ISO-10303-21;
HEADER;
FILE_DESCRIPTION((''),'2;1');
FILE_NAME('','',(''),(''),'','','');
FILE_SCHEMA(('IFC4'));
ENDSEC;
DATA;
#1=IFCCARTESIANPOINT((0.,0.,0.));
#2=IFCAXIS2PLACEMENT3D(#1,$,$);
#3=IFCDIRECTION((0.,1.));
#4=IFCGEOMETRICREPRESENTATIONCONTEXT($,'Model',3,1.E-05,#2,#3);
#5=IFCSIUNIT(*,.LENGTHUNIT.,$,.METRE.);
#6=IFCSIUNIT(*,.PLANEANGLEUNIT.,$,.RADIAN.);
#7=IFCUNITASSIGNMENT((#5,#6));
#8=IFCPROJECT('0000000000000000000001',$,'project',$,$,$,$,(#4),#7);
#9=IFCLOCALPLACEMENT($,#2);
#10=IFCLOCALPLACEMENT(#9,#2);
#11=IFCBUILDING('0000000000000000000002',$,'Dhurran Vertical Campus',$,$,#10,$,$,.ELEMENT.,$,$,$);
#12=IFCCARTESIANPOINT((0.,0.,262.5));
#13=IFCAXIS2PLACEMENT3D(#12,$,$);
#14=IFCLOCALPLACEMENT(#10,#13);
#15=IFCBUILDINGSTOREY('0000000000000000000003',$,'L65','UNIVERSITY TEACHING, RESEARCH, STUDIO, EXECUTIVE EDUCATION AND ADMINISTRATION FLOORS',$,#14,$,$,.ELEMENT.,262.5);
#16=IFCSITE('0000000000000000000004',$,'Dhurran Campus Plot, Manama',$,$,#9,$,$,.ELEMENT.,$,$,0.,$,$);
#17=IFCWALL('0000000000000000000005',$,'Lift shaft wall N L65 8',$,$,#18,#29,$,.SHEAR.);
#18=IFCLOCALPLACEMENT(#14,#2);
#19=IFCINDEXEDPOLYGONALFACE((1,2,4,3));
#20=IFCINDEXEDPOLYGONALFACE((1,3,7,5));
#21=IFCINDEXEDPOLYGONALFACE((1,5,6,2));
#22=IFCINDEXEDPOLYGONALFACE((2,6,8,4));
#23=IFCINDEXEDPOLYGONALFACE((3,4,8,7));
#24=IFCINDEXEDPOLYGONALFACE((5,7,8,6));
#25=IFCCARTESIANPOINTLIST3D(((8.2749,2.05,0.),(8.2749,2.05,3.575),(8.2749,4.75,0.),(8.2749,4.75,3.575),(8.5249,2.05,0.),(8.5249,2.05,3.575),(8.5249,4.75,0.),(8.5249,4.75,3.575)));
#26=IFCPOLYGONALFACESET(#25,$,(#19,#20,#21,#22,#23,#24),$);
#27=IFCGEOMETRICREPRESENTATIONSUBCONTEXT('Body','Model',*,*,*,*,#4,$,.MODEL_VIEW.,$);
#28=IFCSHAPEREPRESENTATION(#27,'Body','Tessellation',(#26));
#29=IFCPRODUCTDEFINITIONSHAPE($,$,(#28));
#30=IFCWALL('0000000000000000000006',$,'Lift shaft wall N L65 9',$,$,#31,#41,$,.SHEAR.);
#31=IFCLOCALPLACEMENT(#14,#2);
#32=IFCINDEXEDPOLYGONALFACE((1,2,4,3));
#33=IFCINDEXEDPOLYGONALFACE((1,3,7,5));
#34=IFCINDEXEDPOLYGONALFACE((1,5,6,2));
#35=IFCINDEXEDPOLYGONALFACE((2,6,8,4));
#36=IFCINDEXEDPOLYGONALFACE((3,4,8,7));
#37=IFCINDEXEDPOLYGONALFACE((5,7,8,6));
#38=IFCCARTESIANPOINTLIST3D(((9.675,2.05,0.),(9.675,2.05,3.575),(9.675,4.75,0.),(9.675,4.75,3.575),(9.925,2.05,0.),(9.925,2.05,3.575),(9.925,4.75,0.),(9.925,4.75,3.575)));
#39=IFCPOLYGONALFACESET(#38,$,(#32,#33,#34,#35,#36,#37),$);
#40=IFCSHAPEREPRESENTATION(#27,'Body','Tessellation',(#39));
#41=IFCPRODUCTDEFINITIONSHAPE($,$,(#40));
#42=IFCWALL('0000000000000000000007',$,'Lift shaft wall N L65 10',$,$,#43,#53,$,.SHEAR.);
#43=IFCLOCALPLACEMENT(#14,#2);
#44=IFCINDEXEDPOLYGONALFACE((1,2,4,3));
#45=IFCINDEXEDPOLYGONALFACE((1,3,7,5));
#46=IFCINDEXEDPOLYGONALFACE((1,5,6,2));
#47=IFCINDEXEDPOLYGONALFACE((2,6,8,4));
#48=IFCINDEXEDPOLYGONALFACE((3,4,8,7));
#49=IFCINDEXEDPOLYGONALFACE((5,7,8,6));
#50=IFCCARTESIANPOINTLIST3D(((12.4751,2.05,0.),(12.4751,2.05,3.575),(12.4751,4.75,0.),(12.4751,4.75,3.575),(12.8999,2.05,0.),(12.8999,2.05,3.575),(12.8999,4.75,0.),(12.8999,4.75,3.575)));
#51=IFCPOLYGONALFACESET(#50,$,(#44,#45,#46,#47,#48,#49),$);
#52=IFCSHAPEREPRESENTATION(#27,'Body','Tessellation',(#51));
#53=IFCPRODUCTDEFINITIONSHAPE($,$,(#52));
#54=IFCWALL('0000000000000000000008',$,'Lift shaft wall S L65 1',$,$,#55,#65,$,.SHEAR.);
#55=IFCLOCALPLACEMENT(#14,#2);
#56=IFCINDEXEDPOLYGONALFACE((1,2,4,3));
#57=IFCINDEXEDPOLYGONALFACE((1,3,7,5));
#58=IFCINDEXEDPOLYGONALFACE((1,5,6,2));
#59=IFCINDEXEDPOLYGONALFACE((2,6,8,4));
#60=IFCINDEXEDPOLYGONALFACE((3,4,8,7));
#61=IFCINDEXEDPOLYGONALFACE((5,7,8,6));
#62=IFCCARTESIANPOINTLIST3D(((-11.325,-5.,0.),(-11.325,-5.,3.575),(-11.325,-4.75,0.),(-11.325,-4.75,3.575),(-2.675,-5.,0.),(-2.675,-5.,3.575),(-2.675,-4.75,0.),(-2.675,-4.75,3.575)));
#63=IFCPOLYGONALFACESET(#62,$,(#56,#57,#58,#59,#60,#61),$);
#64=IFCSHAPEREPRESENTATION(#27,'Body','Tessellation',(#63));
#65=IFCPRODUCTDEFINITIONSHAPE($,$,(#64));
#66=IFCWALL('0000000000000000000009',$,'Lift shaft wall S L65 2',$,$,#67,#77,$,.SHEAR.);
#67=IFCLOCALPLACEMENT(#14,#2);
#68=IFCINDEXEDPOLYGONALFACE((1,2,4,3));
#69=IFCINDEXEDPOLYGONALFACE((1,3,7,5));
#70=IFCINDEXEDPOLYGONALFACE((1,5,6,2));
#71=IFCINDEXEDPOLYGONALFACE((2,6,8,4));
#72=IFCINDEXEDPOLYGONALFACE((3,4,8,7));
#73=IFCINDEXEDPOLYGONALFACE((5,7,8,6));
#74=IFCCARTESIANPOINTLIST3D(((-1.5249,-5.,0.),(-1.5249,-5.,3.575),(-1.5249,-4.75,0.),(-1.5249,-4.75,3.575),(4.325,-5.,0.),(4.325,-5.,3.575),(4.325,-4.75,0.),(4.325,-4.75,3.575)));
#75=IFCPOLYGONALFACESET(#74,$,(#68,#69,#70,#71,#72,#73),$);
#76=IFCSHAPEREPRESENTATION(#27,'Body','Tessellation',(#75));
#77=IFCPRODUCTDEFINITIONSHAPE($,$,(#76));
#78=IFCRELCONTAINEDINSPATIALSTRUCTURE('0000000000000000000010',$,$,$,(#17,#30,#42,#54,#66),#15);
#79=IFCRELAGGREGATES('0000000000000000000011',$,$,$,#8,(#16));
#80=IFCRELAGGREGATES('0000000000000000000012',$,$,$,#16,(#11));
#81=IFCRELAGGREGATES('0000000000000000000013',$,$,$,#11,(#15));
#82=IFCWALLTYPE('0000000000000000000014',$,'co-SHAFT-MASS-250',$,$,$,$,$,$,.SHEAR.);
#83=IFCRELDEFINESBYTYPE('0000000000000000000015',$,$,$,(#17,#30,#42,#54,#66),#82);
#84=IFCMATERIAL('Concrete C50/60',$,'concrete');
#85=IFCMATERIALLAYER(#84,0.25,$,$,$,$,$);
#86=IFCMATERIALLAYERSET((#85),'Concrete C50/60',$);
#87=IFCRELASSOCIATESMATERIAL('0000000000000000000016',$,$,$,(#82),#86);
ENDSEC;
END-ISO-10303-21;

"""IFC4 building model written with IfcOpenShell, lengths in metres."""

from ifc_helpers import new_model, si_unit, direction, frame, origin, place, context, subcontext, project, spatial, polyline, outline, extrude, material, layer, layer_set, type_object, element, save


model = new_model("IFC4")

# Units and contexts
model_context = context("Model", 3, precision=1e-05, world=origin(), true_north=direction((0.0, 1.0)))
body_context = subcontext(model_context, "Body", "Model", "MODEL_VIEW")
ifc_project = project(units=[si_unit("LENGTHUNIT", "METRE"), si_unit("PLANEANGLEUNIT", "RADIAN")], contexts=[model_context])

# Site, building, storey
site_placement = place(None, origin())
site = spatial("IfcSite", under=ifc_project, at=site_placement, Name="Dhurran Campus Plot, Manama", CompositionType="ELEMENT", RefElevation=0.0)
building_placement = place(site_placement, origin())
building = spatial("IfcBuilding", under=site, at=building_placement, Name="Dhurran Vertical Campus", CompositionType="ELEMENT")
storey_placement = place(building_placement, frame((0.0, 0.0, 262.5)))
storey = spatial("IfcBuildingStorey", under=building, at=storey_placement, Name="L65", Description="UNIVERSITY TEACHING, RESEARCH, STUDIO, EXECUTIVE EDUCATION AND ADMINISTRATION FLOORS", CompositionType="ELEMENT", Elevation=262.5)

# Walls
ifc_material_1 = material(Name="Concrete C50/60", Category="concrete")
ifc_layer_1 = layer(ifc_material_1, 0.25)
ifc_layer_set_1 = layer_set([ifc_layer_1], Name="Concrete C50/60")
wall_type_1 = type_object("IfcWallType", Name="co-SHAFT-MASS-250", PredefinedType="SHEAR", material=ifc_layer_set_1)
wall_1_placement = place(storey_placement, origin())
element("IfcWall", 1, at=wall_1_placement, inside=storey, type_object=wall_type_1, Name="Lift shaft wall N L65 8", PredefinedType="SHEAR", context=body_context, shape_type="SweptSolid", body=[
    extrude(outline(polyline([(8.2749, 2.05), (8.5249, 2.05), (8.5249, 4.75), (8.2749, 4.75), (8.2749, 2.05)])), origin(), (0.0, 0.0, 1.0), 3.575),
])
wall_2_placement = place(storey_placement, origin())
element("IfcWall", 2, at=wall_2_placement, inside=storey, type_object=wall_type_1, Name="Lift shaft wall N L65 9", PredefinedType="SHEAR", context=body_context, shape_type="SweptSolid", body=[
    extrude(outline(polyline([(9.675, 2.05), (9.925, 2.05), (9.925, 4.75), (9.675, 4.75), (9.675, 2.05)])), origin(), (0.0, 0.0, 1.0), 3.575),
])
wall_3_placement = place(storey_placement, origin())
element("IfcWall", 3, at=wall_3_placement, inside=storey, type_object=wall_type_1, Name="Lift shaft wall N L65 10", PredefinedType="SHEAR", context=body_context, shape_type="SweptSolid", body=[
    extrude(outline(polyline([(12.4751, 2.05), (12.8999, 2.05), (12.8999, 4.75), (12.4751, 4.75), (12.4751, 2.05)])), origin(), (0.0, 0.0, 1.0), 3.575),
])
wall_4_placement = place(storey_placement, origin())
element("IfcWall", 4, at=wall_4_placement, inside=storey, type_object=wall_type_1, Name="Lift shaft wall S L65 1", PredefinedType="SHEAR", context=body_context, shape_type="SweptSolid", body=[
    extrude(outline(polyline([(-11.325, -5.0), (-2.675, -5.0), (-2.675, -4.75), (-11.325, -4.75), (-11.325, -5.0)])), origin(), (0.0, 0.0, 1.0), 3.575),
])
wall_5_placement = place(storey_placement, origin())
element("IfcWall", 5, at=wall_5_placement, inside=storey, type_object=wall_type_1, Name="Lift shaft wall S L65 2", PredefinedType="SHEAR", context=body_context, shape_type="SweptSolid", body=[
    extrude(outline(polyline([(-1.5249, -5.0), (4.325, -5.0), (4.325, -4.75), (-1.5249, -4.75), (-1.5249, -5.0)])), origin(), (0.0, 0.0, 1.0), 3.575),
])

save(model, "model.ifc")
